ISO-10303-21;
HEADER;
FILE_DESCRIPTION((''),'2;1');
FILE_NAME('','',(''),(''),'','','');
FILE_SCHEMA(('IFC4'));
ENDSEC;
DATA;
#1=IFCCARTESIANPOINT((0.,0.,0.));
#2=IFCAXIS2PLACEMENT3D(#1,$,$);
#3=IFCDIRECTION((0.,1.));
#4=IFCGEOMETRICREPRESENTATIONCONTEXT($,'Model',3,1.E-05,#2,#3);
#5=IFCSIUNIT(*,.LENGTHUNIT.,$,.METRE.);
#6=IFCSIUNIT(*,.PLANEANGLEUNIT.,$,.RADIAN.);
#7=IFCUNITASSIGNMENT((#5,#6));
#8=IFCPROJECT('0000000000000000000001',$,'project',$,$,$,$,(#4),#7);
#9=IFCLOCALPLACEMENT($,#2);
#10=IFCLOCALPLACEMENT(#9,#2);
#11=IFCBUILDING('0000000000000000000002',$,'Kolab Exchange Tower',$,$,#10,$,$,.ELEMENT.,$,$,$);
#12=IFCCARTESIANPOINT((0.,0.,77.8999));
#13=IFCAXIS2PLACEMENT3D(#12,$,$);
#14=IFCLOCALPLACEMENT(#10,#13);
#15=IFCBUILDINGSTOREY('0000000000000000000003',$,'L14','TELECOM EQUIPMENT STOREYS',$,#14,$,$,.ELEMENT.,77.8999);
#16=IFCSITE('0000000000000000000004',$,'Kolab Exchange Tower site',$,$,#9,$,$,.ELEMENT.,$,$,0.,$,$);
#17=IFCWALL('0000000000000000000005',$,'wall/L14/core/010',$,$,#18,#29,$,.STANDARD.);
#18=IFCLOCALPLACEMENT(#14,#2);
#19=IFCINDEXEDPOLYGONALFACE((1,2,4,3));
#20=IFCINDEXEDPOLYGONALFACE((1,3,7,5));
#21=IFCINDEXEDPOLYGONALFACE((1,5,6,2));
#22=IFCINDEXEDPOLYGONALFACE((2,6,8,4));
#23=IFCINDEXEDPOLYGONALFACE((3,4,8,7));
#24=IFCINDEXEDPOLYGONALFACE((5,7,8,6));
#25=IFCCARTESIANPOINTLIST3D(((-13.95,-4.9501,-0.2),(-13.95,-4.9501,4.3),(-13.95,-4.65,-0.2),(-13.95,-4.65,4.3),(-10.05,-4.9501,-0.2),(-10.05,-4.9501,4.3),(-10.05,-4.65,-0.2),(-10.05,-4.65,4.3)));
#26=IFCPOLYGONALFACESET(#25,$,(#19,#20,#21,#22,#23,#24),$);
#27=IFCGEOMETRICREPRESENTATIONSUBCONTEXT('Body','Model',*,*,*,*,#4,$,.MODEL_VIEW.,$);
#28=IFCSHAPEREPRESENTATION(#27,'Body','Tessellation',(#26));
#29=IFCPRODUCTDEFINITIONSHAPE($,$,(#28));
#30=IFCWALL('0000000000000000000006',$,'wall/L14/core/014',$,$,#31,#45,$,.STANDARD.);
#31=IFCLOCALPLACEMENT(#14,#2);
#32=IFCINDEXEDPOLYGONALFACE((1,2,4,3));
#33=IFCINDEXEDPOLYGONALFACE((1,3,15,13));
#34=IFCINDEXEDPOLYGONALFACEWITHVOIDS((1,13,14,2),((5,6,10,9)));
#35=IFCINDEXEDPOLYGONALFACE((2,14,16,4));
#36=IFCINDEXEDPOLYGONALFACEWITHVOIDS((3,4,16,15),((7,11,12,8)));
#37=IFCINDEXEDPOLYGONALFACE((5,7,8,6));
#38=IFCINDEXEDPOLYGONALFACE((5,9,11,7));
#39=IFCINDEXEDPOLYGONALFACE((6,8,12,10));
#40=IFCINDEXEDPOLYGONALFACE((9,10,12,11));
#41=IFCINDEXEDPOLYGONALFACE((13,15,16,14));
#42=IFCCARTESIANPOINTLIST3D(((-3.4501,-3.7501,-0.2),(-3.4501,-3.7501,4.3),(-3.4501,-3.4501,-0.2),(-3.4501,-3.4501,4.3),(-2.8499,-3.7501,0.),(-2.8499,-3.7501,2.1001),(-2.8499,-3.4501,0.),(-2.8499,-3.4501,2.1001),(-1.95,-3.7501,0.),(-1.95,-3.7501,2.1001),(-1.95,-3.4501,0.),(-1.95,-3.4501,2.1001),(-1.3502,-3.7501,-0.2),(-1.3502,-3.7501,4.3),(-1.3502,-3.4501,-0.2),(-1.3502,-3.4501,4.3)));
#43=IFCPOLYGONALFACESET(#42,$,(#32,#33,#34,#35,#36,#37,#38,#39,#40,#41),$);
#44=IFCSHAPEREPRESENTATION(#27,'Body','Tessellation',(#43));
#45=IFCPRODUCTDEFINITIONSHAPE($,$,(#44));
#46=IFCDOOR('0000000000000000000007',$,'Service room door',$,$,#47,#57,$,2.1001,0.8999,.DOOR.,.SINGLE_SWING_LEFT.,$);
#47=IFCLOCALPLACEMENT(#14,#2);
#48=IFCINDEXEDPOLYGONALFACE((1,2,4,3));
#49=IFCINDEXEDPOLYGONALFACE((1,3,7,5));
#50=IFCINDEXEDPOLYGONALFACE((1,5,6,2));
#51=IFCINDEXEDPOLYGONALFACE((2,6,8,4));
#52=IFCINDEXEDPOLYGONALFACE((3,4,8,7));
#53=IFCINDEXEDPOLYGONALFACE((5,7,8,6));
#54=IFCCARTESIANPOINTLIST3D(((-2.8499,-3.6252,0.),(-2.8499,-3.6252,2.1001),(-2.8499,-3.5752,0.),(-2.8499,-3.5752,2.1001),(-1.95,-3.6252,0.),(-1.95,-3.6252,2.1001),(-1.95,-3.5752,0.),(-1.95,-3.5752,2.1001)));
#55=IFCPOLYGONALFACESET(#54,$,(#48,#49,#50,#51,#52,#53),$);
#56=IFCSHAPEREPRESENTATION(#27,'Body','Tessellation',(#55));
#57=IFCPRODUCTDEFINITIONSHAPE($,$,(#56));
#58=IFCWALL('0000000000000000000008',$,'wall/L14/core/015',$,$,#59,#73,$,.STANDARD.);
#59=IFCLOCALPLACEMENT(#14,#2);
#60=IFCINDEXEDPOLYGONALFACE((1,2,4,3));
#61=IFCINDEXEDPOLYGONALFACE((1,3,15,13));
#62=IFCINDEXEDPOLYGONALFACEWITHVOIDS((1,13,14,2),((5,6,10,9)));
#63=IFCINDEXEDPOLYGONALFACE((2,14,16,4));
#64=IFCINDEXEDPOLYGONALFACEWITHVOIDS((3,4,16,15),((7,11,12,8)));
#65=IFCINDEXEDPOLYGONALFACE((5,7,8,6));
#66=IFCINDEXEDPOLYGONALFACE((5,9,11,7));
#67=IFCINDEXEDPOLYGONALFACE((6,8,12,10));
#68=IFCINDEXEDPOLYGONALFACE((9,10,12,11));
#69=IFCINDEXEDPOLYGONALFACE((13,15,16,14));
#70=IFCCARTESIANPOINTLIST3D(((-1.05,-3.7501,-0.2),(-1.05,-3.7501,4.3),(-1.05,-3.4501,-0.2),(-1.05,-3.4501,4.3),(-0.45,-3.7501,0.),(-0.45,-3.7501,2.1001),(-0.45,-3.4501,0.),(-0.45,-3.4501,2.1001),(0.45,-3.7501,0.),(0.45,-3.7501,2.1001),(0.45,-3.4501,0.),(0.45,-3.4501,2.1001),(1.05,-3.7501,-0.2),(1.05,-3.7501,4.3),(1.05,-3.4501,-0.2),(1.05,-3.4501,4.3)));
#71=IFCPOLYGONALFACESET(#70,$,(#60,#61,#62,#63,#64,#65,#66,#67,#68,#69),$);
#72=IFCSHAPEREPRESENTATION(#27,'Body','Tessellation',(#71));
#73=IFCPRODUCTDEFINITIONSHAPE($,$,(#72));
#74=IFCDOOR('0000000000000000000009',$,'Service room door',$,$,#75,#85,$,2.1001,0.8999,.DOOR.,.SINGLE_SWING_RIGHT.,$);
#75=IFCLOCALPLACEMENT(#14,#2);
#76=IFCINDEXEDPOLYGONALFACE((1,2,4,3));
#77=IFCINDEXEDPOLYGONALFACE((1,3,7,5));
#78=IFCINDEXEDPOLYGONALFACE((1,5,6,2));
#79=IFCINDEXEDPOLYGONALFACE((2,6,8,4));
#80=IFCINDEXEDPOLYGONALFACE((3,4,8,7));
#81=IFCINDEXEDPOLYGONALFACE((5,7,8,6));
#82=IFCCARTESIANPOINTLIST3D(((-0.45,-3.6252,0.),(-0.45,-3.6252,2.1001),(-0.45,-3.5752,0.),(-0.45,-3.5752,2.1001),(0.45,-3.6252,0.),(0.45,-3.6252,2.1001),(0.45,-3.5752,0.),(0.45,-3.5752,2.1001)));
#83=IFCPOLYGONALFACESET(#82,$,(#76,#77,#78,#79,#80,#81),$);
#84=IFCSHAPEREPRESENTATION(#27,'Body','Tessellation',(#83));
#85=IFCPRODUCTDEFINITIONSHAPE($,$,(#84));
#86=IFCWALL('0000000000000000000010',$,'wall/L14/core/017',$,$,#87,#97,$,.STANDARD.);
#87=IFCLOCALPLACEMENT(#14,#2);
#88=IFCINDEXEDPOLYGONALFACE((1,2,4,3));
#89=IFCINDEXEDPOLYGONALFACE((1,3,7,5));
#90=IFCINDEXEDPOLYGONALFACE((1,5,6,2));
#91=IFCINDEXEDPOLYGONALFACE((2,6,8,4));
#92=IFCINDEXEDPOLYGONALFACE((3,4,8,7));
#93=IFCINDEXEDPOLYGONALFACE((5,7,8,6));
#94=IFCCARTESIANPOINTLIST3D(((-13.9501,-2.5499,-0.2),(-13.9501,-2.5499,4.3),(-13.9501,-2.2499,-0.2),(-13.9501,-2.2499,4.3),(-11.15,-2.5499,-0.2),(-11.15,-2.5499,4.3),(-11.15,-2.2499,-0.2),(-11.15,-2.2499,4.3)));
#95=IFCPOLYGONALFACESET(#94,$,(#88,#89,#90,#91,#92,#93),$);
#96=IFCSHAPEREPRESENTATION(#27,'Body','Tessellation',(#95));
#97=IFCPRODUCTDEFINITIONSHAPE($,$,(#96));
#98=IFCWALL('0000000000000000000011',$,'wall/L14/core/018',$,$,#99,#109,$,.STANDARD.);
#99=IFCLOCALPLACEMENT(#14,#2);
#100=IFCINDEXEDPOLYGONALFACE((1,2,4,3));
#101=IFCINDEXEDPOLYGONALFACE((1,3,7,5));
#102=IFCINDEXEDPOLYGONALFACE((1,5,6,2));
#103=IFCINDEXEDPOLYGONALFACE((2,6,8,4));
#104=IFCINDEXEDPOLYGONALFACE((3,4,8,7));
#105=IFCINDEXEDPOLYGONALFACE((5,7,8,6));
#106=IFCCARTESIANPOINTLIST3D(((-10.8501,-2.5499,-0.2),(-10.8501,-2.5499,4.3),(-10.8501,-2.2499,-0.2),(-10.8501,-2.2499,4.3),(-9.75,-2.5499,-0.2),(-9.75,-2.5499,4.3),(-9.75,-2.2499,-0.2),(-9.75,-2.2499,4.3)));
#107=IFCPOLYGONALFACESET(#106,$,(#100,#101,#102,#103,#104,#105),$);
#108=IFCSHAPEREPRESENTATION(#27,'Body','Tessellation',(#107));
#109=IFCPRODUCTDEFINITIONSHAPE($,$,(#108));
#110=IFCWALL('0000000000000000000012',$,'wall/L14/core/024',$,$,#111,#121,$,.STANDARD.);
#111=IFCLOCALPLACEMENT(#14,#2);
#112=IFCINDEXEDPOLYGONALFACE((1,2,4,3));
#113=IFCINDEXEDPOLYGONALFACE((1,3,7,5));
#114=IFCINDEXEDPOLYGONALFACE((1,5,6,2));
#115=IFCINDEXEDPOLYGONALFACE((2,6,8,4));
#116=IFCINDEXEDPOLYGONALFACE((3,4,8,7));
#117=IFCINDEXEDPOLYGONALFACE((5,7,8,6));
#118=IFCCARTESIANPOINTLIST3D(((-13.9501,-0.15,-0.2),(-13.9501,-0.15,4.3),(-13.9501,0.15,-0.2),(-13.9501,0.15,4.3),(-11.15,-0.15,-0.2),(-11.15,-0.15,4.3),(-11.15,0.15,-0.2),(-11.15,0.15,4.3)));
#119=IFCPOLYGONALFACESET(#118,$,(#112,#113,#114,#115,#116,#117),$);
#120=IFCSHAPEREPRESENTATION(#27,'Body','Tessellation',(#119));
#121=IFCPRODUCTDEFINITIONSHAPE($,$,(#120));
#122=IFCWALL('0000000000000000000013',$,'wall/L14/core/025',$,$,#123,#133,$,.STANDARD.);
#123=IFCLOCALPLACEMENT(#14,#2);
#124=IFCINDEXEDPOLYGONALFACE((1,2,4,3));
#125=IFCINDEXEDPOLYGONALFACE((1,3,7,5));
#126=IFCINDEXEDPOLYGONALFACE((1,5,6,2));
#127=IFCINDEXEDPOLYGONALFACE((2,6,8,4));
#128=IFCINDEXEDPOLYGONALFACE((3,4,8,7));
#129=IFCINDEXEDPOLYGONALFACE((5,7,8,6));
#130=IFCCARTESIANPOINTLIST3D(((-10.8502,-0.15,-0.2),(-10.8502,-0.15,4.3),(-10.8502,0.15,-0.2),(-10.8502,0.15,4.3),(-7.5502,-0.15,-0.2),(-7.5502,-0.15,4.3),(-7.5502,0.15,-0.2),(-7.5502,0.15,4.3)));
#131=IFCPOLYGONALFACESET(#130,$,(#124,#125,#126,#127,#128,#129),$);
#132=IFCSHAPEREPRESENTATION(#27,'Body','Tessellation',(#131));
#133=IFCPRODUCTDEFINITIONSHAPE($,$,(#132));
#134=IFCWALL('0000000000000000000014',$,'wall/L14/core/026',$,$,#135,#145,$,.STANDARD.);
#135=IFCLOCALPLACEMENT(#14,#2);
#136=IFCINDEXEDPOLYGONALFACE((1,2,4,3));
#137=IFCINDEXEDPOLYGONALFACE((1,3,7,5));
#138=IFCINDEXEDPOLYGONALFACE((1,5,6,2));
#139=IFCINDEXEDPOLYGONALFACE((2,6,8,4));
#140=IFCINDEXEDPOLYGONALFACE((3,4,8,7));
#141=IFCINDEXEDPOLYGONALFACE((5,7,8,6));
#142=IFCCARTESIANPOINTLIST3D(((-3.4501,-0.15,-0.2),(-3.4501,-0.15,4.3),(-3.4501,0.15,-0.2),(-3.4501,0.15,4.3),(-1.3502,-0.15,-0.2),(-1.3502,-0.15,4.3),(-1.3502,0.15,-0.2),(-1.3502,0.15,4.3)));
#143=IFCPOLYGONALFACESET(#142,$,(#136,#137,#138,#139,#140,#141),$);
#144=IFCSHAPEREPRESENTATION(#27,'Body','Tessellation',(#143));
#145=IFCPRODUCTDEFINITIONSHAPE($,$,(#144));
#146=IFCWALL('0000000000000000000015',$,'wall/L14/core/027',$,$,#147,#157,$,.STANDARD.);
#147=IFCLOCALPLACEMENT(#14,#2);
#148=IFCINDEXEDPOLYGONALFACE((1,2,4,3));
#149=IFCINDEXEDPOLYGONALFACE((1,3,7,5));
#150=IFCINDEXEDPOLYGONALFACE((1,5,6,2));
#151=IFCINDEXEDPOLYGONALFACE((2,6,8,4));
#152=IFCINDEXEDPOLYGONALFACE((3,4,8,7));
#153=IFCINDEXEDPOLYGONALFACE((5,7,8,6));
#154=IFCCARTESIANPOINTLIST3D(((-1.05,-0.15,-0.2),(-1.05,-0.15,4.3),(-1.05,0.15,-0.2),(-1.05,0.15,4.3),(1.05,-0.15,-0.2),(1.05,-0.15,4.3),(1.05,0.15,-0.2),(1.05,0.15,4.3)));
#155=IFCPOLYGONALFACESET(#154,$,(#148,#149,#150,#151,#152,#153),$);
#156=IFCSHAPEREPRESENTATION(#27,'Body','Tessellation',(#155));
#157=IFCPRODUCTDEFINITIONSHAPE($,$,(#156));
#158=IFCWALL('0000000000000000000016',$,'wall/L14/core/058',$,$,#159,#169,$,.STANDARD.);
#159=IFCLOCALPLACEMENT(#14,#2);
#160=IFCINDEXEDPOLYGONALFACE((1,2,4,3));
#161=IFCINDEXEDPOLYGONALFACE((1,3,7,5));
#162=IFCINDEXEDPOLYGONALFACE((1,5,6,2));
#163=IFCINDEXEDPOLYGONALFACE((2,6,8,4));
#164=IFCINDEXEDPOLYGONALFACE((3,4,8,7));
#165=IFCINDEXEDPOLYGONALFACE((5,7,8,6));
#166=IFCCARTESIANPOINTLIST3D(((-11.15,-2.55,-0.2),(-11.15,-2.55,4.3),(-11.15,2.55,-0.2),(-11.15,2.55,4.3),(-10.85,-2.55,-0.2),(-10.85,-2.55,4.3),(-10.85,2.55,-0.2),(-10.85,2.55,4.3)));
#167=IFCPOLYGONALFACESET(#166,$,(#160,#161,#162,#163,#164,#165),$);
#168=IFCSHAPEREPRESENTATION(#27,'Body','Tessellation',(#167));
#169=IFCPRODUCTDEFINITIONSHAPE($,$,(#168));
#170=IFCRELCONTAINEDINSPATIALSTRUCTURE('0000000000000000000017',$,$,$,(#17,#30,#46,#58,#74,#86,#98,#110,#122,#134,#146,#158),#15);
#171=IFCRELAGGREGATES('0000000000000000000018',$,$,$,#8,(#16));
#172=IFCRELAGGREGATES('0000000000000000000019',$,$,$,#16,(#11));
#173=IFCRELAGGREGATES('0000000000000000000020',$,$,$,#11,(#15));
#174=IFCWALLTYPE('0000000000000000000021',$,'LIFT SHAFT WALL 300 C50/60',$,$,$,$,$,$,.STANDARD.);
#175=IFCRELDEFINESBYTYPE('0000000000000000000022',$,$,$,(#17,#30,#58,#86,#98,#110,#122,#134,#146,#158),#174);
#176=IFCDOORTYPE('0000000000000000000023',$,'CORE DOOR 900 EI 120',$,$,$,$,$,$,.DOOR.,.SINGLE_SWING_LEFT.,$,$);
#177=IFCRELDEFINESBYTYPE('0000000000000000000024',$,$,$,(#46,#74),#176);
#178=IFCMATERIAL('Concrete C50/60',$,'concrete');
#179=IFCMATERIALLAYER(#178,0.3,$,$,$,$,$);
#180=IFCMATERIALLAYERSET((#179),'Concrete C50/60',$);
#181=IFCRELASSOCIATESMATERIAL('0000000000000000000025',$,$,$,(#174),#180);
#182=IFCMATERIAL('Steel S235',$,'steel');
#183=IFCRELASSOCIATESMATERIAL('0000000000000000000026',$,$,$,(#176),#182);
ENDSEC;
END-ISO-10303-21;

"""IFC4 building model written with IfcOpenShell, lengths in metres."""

from ifc_helpers import new_model, si_unit, direction, frame, frame_2d, origin, place, context, subcontext, project, spatial, rectangle, extrude, material, layer, layer_set, type_object, element, fill, save


model = new_model("IFC4")

# Units and contexts
model_context = context("Model", 3, precision=1e-05, world=origin(), true_north=direction((0.0, 1.0)))
body_context = subcontext(model_context, "Body", "Model", "MODEL_VIEW")
ifc_project = project(units=[si_unit("LENGTHUNIT", "METRE"), si_unit("PLANEANGLEUNIT", "RADIAN")], contexts=[model_context])

# Site, building, storey
site_placement = place(None, origin())
site = spatial("IfcSite", under=ifc_project, at=site_placement, Name="Kolab Exchange Tower site", CompositionType="ELEMENT", RefElevation=0.0)
building_placement = place(site_placement, origin())
building = spatial("IfcBuilding", under=site, at=building_placement, Name="Kolab Exchange Tower", CompositionType="ELEMENT")
storey_placement = place(building_placement, frame((0.0, 0.0, 77.8999)))
storey = spatial("IfcBuildingStorey", under=building, at=storey_placement, Name="L14", Description="TELECOM EQUIPMENT STOREYS", CompositionType="ELEMENT", Elevation=77.8999)

# Wall
ifc_material_1 = material(Name="Concrete C50/60", Category="concrete")
ifc_layer_1 = layer(ifc_material_1, 0.3)
ifc_layer_set_1 = layer_set([ifc_layer_1], Name="Concrete C50/60")
wall_type_1 = type_object("IfcWallType", Name="LIFT SHAFT WALL 300 C50/60", PredefinedType="STANDARD", material=ifc_layer_set_1)
wall_1_placement = place(storey_placement, frame((-13.95, -4.8, -0.2), z_axis=(0.0, 0.0, 1.0), x_axis=(1.0, 0.0, 0.0)))
element("IfcWall", 1, at=wall_1_placement, inside=storey, type_object=wall_type_1, Name="wall/L14/core/010", PredefinedType="STANDARD", context=body_context, shape_type="SweptSolid", body=[
    extrude(rectangle(XDim=3.8999, YDim=0.3, at=frame_2d((1.95, 0.0))), origin(), (0.0, 0.0, 1.0), 4.5),
])

# Walls, openings, doors
wall_2_placement = place(storey_placement, frame((-3.45, -3.6001, -0.2), z_axis=(0.0, 0.0, 1.0), x_axis=(1.0, 0.0, 0.0)))
wall_2 = element("IfcWall", 2, at=wall_2_placement, inside=storey, type_object=wall_type_1, Name="wall/L14/core/014", PredefinedType="STANDARD", context=body_context, shape_type="SweptSolid", body=[
    extrude(rectangle(XDim=2.0999, YDim=0.3, at=frame_2d((1.0498, 0.0))), origin(), (0.0, 0.0, 1.0), 4.5),
])
opening_1_placement = place(wall_2_placement, frame((0.6001, 0.0, 0.2)))
opening_1 = element("IfcOpeningElement", 3, at=opening_1_placement, cuts=wall_2, PredefinedType="OPENING", context=body_context, shape_type="SweptSolid", body=[
    extrude(rectangle(XDim=0.8999, YDim=2.1001, at=frame_2d((0.45, 1.05))), frame((0.0, 0.1602, 0.0), z_axis=(0.0, -1.0, 0.0), x_axis=(1.0, 0.0, 0.0)), (0.0, 0.0, 1.0), 0.3201),
])
ifc_material_2 = material(Name="Steel S235", Category="steel")
door_type_1 = type_object("IfcDoorType", Name="CORE DOOR 900 EI 120", OperationType="SINGLE_SWING_LEFT", PredefinedType="DOOR", material=ifc_material_2)
door_1_placement = place(opening_1_placement, origin())
door_1 = element("IfcDoor", 4, at=door_1_placement, inside=storey, type_object=door_type_1, Name="Service room door", OperationType="SINGLE_SWING_LEFT", OverallHeight=2.1001, OverallWidth=0.8999, PredefinedType="DOOR", context=body_context, shape_type="SweptSolid", body=[
    extrude(rectangle(XDim=0.8999, YDim=2.1001, at=frame_2d((0.45, 1.05))), frame((0.0, 0.0249, 0.0), z_axis=(0.0, -1.0, 0.0), x_axis=(1.0, 0.0, 0.0)), (0.0, 0.0, 1.0), 0.05),
])
fill(opening_1, door_1)
wall_3_placement = place(storey_placement, frame((-1.05, -3.6001, -0.2), z_axis=(0.0, 0.0, 1.0), x_axis=(1.0, 0.0, 0.0)))
wall_3 = element("IfcWall", 5, at=wall_3_placement, inside=storey, type_object=wall_type_1, Name="wall/L14/core/015", PredefinedType="STANDARD", context=body_context, shape_type="SweptSolid", body=[
    extrude(rectangle(XDim=2.1001, YDim=0.3, at=frame_2d((1.05, 0.0))), origin(), (0.0, 0.0, 1.0), 4.5),
])
opening_2_placement = place(wall_3_placement, frame((0.6001, 0.0, 0.2)))
opening_2 = element("IfcOpeningElement", 6, at=opening_2_placement, cuts=wall_3, PredefinedType="OPENING", context=body_context, shape_type="SweptSolid", body=[
    extrude(rectangle(XDim=0.8999, YDim=2.1001, at=frame_2d((0.45, 1.05))), frame((0.0, 0.1602, 0.0), z_axis=(0.0, -1.0, 0.0), x_axis=(1.0, 0.0, 0.0)), (0.0, 0.0, 1.0), 0.3201),
])
door_2_placement = place(opening_2_placement, origin())
door_2 = element("IfcDoor", 7, at=door_2_placement, inside=storey, type_object=door_type_1, Name="Service room door", OperationType="SINGLE_SWING_RIGHT", OverallHeight=2.1001, OverallWidth=0.8999, PredefinedType="DOOR", context=body_context, shape_type="SweptSolid", body=[
    extrude(rectangle(XDim=0.8999, YDim=2.1001, at=frame_2d((0.45, 1.05))), frame((0.0, 0.0249, 0.0), z_axis=(0.0, -1.0, 0.0), x_axis=(1.0, 0.0, 0.0)), (0.0, 0.0, 1.0), 0.05),
])
fill(opening_2, door_2)

# Walls
wall_4_placement = place(storey_placement, frame((-13.95, -2.3999, -0.2), z_axis=(0.0, 0.0, 1.0), x_axis=(1.0, 0.0, 0.0)))
element("IfcWall", 8, at=wall_4_placement, inside=storey, type_object=wall_type_1, Name="wall/L14/core/017", PredefinedType="STANDARD", context=body_context, shape_type="SweptSolid", body=[
    extrude(rectangle(XDim=2.8, YDim=0.3, at=frame_2d((1.3999, 0.0))), origin(), (0.0, 0.0, 1.0), 4.5),
])
wall_5_placement = place(storey_placement, frame((-10.8501, -2.3999, -0.2), z_axis=(0.0, 0.0, 1.0), x_axis=(1.0, 0.0, 0.0)))
element("IfcWall", 9, at=wall_5_placement, inside=storey, type_object=wall_type_1, Name="wall/L14/core/018", PredefinedType="STANDARD", context=body_context, shape_type="SweptSolid", body=[
    extrude(rectangle(XDim=1.1001, YDim=0.3, at=frame_2d((0.55, 0.0))), origin(), (0.0, 0.0, 1.0), 4.5),
])
wall_6_placement = place(storey_placement, frame((-13.95, 0.0, -0.2), z_axis=(0.0, 0.0, 1.0), x_axis=(1.0, 0.0, 0.0)))
element("IfcWall", 10, at=wall_6_placement, inside=storey, type_object=wall_type_1, Name="wall/L14/core/024", PredefinedType="STANDARD", context=body_context, shape_type="SweptSolid", body=[
    extrude(rectangle(XDim=2.8, YDim=0.3, at=frame_2d((1.3999, 0.0))), origin(), (0.0, 0.0, 1.0), 4.5),
])
wall_7_placement = place(storey_placement, frame((-10.8501, 0.0, -0.2), z_axis=(0.0, 0.0, 1.0), x_axis=(1.0, 0.0, 0.0)))
element("IfcWall", 11, at=wall_7_placement, inside=storey, type_object=wall_type_1, Name="wall/L14/core/025", PredefinedType="STANDARD", context=body_context, shape_type="SweptSolid", body=[
    extrude(rectangle(XDim=3.3, YDim=0.3, at=frame_2d((1.6499, 0.0))), origin(), (0.0, 0.0, 1.0), 4.5),
])
wall_8_placement = place(storey_placement, frame((-3.45, 0.0, -0.2), z_axis=(0.0, 0.0, 1.0), x_axis=(1.0, 0.0, 0.0)))
element("IfcWall", 12, at=wall_8_placement, inside=storey, type_object=wall_type_1, Name="wall/L14/core/026", PredefinedType="STANDARD", context=body_context, shape_type="SweptSolid", body=[
    extrude(rectangle(XDim=2.0999, YDim=0.3, at=frame_2d((1.0498, 0.0))), origin(), (0.0, 0.0, 1.0), 4.5),
])
wall_9_placement = place(storey_placement, frame((-1.05, 0.0, -0.2), z_axis=(0.0, 0.0, 1.0), x_axis=(1.0, 0.0, 0.0)))
element("IfcWall", 13, at=wall_9_placement, inside=storey, type_object=wall_type_1, Name="wall/L14/core/027", PredefinedType="STANDARD", context=body_context, shape_type="SweptSolid", body=[
    extrude(rectangle(XDim=2.1001, YDim=0.3, at=frame_2d((1.05, 0.0))), origin(), (0.0, 0.0, 1.0), 4.5),
])
wall_10_placement = place(storey_placement, frame((-11.0, -2.55, -0.2), z_axis=(0.0, 0.0, 1.0), x_axis=(0.0, 1.0, 0.0)))
element("IfcWall", 14, at=wall_10_placement, inside=storey, type_object=wall_type_1, Name="wall/L14/core/058", PredefinedType="STANDARD", context=body_context, shape_type="SweptSolid", body=[
    extrude(rectangle(XDim=5.1001, YDim=0.3, at=frame_2d((2.55, 0.0))), origin(), (0.0, 0.0, 1.0), 4.5),
])

save(model, "model.ifc")
